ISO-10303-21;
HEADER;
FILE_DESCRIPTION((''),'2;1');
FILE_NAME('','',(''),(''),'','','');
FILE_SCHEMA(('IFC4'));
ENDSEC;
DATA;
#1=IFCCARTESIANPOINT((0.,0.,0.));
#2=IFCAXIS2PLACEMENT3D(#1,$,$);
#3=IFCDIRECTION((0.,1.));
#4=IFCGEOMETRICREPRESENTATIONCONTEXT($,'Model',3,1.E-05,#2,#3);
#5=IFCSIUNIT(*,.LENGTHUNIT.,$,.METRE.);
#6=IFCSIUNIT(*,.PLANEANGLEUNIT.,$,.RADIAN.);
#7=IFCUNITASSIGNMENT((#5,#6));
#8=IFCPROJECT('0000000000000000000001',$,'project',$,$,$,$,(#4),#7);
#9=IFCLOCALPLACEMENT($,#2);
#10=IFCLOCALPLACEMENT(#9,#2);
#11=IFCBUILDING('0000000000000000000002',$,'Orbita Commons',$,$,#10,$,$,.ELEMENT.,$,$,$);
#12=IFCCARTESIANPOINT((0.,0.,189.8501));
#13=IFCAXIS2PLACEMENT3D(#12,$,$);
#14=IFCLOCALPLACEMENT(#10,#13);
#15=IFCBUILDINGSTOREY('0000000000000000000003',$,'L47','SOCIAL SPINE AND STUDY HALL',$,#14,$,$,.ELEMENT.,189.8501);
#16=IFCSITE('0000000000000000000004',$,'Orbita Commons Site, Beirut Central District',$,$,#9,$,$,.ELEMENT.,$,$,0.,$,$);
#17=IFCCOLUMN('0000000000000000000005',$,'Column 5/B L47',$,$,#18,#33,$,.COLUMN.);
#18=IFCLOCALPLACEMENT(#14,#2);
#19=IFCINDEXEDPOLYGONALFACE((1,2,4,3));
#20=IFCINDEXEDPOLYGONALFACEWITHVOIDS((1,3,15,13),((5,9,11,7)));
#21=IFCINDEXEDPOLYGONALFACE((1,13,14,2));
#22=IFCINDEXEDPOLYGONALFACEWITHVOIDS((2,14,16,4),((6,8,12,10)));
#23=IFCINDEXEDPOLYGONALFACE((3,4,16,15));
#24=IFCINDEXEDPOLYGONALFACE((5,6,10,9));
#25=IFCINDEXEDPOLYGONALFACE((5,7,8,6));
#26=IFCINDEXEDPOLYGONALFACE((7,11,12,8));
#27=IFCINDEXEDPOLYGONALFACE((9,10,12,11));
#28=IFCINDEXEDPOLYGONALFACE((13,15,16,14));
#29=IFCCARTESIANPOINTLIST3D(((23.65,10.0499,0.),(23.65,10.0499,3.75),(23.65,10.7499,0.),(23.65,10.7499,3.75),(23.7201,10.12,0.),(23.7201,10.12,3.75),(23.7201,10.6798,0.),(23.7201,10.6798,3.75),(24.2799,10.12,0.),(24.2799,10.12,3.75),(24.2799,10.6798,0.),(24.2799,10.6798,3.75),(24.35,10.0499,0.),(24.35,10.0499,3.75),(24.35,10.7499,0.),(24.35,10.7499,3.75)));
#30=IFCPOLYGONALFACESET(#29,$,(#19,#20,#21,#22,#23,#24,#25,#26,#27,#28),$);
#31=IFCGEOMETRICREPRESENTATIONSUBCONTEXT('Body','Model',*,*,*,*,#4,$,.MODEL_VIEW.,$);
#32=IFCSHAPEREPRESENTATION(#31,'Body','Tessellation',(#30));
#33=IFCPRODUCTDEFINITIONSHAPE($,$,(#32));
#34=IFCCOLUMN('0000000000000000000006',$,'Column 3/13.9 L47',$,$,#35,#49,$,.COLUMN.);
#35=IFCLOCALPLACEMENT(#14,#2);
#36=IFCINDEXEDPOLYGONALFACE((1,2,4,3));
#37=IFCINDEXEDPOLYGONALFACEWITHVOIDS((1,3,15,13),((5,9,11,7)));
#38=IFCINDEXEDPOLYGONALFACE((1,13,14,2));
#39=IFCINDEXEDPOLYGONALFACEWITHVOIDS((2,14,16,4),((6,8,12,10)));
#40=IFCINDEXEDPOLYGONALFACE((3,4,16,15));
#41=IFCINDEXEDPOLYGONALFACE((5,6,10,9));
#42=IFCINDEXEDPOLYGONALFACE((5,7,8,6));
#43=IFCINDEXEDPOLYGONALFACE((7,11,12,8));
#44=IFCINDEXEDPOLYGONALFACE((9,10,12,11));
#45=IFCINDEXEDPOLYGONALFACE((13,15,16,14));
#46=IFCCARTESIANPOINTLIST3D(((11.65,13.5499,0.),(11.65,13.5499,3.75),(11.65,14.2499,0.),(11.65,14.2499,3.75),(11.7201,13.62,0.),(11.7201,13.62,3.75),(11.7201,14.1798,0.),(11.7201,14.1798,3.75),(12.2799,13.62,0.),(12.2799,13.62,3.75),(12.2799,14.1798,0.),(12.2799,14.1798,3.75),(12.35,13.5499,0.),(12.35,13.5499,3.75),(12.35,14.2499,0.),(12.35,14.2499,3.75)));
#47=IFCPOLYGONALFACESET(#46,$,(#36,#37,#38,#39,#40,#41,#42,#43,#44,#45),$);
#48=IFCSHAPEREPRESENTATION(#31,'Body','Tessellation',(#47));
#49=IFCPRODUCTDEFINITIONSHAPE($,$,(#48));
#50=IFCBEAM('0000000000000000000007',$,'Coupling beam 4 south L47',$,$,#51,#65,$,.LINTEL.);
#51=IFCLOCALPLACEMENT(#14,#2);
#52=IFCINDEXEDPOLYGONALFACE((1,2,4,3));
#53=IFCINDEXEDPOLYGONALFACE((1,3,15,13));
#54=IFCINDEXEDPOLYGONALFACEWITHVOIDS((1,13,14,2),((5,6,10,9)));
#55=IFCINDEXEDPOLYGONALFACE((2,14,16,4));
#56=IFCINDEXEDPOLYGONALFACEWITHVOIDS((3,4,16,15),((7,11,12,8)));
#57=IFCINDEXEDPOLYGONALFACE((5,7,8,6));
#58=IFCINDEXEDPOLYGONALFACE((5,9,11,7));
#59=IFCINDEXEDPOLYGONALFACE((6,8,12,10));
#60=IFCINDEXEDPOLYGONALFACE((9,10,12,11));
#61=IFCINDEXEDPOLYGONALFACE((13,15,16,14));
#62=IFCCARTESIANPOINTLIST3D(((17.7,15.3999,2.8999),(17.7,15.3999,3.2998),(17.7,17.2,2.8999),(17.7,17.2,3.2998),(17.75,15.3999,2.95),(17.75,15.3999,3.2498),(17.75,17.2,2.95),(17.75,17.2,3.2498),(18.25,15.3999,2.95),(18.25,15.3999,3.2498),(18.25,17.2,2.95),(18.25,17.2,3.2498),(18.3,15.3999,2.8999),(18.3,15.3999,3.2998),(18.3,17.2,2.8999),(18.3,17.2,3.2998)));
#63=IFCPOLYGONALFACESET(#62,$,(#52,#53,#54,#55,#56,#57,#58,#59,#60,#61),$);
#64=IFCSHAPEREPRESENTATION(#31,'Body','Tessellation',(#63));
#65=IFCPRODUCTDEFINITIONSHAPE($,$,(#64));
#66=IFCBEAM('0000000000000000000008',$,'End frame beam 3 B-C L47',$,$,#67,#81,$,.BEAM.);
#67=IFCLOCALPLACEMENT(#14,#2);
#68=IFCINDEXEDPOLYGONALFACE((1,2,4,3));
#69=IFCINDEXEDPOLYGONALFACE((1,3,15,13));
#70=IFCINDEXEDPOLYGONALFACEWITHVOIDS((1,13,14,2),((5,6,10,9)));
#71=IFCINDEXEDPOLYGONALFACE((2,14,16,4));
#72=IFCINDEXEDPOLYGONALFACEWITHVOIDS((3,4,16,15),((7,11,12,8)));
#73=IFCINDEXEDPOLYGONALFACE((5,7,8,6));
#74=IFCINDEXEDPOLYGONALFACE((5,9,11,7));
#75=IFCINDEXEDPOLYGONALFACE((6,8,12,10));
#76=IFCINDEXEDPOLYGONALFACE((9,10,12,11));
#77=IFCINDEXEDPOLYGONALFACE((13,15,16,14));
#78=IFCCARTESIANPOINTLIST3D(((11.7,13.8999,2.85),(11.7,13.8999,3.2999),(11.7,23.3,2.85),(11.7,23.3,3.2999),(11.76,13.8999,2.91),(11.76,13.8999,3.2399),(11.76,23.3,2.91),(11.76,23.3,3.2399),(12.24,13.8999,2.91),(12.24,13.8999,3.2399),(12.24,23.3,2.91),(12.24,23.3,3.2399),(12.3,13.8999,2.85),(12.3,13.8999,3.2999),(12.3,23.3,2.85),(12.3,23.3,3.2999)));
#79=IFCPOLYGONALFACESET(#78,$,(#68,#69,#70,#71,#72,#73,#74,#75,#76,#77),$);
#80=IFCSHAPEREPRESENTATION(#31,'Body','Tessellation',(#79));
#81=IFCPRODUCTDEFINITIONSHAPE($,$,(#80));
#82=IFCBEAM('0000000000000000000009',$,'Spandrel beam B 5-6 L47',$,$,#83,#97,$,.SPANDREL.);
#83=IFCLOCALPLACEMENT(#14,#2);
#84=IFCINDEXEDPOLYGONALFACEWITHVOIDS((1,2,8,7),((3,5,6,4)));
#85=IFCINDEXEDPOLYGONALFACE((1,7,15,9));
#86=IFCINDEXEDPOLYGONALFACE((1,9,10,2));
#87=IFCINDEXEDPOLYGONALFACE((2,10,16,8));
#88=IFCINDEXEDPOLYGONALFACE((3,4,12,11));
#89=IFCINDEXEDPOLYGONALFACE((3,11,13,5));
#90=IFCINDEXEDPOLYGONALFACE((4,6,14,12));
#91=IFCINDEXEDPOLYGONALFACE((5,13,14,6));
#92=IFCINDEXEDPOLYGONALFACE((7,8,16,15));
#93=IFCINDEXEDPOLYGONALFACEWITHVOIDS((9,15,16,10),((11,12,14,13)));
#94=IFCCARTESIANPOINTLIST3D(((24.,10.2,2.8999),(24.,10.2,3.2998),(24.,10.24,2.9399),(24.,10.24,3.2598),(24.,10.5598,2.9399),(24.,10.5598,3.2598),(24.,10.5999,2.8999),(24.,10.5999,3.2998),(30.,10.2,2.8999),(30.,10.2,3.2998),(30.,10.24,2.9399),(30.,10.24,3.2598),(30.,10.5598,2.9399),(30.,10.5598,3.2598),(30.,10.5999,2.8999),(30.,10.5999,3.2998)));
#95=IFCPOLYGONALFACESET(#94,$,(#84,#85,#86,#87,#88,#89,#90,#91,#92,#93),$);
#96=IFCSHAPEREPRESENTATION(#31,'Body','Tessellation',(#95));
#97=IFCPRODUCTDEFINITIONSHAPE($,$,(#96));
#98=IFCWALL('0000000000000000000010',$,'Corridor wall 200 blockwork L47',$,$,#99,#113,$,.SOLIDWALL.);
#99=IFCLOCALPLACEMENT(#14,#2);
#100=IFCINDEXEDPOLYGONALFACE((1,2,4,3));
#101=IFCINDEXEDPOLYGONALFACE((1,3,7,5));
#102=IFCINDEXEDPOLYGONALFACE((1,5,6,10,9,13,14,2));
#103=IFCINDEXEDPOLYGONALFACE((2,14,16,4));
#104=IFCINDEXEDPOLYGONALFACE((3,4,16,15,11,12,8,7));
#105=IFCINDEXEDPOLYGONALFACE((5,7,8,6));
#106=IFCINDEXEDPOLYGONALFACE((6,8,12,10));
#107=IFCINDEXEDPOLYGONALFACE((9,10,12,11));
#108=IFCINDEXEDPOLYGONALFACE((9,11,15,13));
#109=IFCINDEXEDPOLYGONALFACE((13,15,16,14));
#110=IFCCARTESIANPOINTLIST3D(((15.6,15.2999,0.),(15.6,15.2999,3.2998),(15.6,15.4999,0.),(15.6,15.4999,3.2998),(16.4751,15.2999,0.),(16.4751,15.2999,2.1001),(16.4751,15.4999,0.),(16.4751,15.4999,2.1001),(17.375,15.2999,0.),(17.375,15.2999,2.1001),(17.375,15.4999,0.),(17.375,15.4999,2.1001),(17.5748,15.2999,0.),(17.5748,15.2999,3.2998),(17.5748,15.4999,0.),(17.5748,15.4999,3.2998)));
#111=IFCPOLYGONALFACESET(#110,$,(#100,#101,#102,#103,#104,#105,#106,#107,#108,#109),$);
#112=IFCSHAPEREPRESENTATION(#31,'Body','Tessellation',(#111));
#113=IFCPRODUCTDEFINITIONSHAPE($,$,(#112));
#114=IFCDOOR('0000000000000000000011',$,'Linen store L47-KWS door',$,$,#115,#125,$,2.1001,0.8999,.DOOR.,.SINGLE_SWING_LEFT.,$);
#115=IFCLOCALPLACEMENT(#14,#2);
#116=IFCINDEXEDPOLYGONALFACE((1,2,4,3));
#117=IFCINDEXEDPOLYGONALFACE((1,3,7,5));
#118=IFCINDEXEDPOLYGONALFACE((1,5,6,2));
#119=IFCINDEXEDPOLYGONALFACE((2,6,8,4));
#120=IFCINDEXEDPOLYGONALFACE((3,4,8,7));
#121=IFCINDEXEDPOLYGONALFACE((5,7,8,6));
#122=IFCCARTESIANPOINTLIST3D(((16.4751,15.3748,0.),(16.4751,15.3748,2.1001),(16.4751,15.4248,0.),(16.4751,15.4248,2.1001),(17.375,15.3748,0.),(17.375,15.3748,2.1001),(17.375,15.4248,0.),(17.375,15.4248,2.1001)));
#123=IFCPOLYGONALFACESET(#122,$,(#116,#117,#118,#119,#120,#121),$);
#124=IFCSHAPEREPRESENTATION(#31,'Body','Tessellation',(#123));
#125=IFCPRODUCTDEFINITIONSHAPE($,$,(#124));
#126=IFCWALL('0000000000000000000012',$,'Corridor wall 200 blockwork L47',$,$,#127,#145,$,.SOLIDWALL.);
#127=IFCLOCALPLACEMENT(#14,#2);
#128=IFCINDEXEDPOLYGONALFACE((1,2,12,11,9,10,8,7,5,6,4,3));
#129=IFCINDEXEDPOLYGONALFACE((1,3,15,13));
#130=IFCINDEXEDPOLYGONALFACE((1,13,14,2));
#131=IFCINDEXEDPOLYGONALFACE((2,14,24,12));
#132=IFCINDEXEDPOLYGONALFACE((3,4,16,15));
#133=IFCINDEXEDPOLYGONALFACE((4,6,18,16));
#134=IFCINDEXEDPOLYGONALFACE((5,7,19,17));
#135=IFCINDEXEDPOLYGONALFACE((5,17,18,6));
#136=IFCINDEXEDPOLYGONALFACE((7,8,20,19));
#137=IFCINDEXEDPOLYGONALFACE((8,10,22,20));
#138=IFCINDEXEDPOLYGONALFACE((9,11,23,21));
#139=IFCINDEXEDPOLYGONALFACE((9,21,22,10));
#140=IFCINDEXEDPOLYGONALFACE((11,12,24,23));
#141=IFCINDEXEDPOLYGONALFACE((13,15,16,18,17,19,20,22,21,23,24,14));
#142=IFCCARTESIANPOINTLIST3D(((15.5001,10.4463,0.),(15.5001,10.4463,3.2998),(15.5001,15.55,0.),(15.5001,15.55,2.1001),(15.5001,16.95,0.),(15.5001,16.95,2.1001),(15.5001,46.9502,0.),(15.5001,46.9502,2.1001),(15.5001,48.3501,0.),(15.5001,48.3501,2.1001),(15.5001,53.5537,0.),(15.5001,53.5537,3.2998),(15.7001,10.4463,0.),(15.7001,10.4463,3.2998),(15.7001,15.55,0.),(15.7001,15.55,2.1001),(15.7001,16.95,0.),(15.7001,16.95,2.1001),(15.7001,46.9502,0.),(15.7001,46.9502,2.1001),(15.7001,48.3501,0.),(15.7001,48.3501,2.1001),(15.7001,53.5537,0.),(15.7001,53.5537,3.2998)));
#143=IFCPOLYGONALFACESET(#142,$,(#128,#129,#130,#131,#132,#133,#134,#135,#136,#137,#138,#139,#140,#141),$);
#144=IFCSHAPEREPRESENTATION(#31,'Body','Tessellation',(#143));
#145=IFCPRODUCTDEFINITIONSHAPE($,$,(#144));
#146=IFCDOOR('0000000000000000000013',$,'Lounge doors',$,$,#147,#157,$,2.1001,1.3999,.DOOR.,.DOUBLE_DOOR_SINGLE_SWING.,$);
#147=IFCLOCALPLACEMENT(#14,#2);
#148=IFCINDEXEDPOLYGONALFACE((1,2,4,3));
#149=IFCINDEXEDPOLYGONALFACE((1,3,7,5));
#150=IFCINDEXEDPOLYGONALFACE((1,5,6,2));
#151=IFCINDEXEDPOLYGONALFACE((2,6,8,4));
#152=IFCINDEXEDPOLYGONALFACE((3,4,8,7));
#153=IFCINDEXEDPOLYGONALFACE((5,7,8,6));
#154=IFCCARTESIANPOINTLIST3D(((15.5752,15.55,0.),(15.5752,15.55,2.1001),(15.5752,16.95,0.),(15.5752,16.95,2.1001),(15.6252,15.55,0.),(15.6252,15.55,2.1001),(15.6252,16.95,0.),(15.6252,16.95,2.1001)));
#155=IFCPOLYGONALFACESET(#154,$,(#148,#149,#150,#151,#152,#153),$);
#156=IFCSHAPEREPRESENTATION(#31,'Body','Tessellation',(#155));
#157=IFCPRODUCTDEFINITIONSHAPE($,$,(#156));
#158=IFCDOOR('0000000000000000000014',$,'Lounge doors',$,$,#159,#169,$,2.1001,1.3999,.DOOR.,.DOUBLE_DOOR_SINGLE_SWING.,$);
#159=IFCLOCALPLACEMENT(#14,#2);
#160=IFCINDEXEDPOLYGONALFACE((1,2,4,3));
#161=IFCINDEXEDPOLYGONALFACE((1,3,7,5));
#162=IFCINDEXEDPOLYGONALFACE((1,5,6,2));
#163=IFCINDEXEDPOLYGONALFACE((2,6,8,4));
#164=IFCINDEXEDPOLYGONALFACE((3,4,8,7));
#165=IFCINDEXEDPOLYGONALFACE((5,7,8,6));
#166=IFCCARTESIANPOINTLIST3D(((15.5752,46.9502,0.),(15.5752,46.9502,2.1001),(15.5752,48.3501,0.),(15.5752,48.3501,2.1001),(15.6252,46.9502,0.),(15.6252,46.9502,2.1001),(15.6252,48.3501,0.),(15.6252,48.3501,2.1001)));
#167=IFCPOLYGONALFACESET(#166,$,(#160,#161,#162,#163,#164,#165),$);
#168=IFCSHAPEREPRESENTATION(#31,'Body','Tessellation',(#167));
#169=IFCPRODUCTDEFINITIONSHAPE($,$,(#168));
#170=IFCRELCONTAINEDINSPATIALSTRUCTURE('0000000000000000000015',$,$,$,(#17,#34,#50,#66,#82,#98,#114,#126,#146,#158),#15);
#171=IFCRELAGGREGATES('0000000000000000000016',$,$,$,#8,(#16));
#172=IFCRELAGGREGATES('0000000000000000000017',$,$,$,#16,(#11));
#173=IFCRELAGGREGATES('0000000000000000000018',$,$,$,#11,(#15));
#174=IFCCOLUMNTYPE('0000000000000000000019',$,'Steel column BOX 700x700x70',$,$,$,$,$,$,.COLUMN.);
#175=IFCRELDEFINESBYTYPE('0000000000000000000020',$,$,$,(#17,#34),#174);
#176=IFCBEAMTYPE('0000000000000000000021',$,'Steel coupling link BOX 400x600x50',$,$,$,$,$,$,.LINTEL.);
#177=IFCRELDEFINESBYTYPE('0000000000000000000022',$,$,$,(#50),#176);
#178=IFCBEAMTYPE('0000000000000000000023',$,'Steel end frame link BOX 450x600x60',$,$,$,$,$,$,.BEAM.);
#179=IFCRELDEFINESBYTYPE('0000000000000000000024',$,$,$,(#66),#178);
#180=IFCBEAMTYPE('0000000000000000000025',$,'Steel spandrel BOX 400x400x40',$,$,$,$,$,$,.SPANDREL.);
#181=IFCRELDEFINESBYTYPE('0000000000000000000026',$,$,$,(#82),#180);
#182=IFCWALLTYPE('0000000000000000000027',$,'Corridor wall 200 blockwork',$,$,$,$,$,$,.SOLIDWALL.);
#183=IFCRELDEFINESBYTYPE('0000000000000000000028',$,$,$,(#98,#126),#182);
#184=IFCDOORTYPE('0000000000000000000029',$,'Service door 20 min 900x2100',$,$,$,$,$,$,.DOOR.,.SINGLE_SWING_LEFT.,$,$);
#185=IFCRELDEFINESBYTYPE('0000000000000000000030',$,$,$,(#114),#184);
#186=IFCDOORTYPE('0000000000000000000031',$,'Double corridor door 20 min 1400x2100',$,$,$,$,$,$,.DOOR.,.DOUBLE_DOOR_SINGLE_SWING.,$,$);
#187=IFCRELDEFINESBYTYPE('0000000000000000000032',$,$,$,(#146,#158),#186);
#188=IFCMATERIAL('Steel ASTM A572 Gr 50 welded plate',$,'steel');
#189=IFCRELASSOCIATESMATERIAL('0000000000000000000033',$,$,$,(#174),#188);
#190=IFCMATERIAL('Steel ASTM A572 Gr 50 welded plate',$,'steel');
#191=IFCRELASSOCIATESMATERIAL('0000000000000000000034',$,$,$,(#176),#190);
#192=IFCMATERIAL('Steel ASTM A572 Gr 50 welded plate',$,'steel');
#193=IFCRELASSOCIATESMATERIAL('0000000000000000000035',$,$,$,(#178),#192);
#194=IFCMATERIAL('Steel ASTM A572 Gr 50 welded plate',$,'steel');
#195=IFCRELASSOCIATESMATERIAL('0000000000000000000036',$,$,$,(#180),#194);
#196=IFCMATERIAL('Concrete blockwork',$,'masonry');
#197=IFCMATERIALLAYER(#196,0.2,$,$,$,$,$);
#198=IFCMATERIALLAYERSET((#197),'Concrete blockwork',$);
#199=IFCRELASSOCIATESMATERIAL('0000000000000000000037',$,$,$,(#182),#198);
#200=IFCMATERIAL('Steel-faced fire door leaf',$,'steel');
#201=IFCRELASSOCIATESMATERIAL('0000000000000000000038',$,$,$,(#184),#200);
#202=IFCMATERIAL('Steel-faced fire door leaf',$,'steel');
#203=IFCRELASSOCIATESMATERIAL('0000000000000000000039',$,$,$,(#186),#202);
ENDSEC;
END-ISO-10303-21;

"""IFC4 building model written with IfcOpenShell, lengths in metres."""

from ifc_helpers import new_model, si_unit, direction, frame, frame_2d, origin, origin_2d, place, context, subcontext, project, spatial, rectangle, hollow_rectangle, extrude, material, layer, layer_set, material_profile, profile_set, type_object, element, fill, save


model = new_model("IFC4")

# Units and contexts
model_context = context("Model", 3, precision=1e-05, world=origin(), true_north=direction((0.0, 1.0)))
body_context = subcontext(model_context, "Body", "Model", "MODEL_VIEW")
ifc_project = project(units=[si_unit("LENGTHUNIT", "METRE"), si_unit("PLANEANGLEUNIT", "RADIAN")], contexts=[model_context])

# Site, building, storey
site_placement = place(None, origin())
site = spatial("IfcSite", under=ifc_project, at=site_placement, Name="Orbita Commons Site, Beirut Central District", CompositionType="ELEMENT", RefElevation=0.0)
building_placement = place(site_placement, origin())
building = spatial("IfcBuilding", under=site, at=building_placement, Name="Orbita Commons", CompositionType="ELEMENT")
storey_placement = place(building_placement, frame((0.0, 0.0, 189.8501)))
storey = spatial("IfcBuildingStorey", under=building, at=storey_placement, Name="L47", Description="SOCIAL SPINE AND STUDY HALL", CompositionType="ELEMENT", Elevation=189.8501)

# Columns
ifc_material_1 = material(Name="Steel ASTM A572 Gr 50 welded plate", Category="steel")
ifc_material_profile_1 = material_profile(ifc_material_1, hollow_rectangle(XDim=0.7, YDim=0.7, WallThickness=0.0701, at=origin_2d()), Name="BOX 700x700x70")
ifc_profile_set_1 = profile_set([ifc_material_profile_1], Name="Steel ASTM A572 Gr 50 welded plate")
column_type = type_object("IfcColumnType", Name="Steel column BOX 700x700x70", PredefinedType="COLUMN", material=ifc_profile_set_1)
for number, where, z_axis, x_axis, name in (
    (1, (24.0, 10.3999, 0.0), (0.0, 0.0, 1.0), (1.0, 0.0, 0.0), "Column 5/B L47"),
    (2, (12.0, 13.8999, 0.0), (0.0, 0.0, 1.0), (1.0, 0.0, 0.0), "Column 3/13.9 L47"),
):
    element("IfcColumn", number, at=place(storey_placement, frame(where, z_axis=z_axis, x_axis=x_axis)), inside=storey, type_object=column_type, Name=name, PredefinedType="COLUMN", context=body_context, shape_type="SweptSolid", body=[
        extrude(hollow_rectangle(XDim=0.7, YDim=0.7, WallThickness=0.0701, at=origin_2d()), origin(), (0.0, 0.0, 1.0), 3.75),
    ])

# Beams
ifc_material_2 = material(Name="Steel ASTM A572 Gr 50 welded plate", Category="steel")
ifc_material_profile_2 = material_profile(ifc_material_2, hollow_rectangle(XDim=0.6001, YDim=0.3999, WallThickness=0.05, at=origin_2d()), Name="BOX 400x600x50")
ifc_profile_set_2 = profile_set([ifc_material_profile_2], Name="Steel ASTM A572 Gr 50 welded plate")
beam_type_1 = type_object("IfcBeamType", Name="Steel coupling link BOX 400x600x50", PredefinedType="LINTEL", material=ifc_profile_set_2)
beam_1_placement = place(storey_placement, frame((18.0, 15.3999, 3.0999), z_axis=(0.0, 1.0, 0.0), x_axis=(-1.0, 0.0, 0.0)))
element("IfcBeam", 3, at=beam_1_placement, inside=storey, type_object=beam_type_1, Name="Coupling beam 4 south L47", PredefinedType="LINTEL", context=body_context, shape_type="SweptSolid", body=[
    extrude(hollow_rectangle(XDim=0.6001, YDim=0.3999, WallThickness=0.05, at=origin_2d()), origin(), (0.0, 0.0, 1.0), 1.8),
])
ifc_material_3 = material(Name="Steel ASTM A572 Gr 50 welded plate", Category="steel")
ifc_material_profile_3 = material_profile(ifc_material_3, hollow_rectangle(XDim=0.6001, YDim=0.45, WallThickness=0.0601, at=origin_2d()), Name="BOX 450x600x60")
ifc_profile_set_3 = profile_set([ifc_material_profile_3], Name="Steel ASTM A572 Gr 50 welded plate")
beam_type_2 = type_object("IfcBeamType", Name="Steel end frame link BOX 450x600x60", PredefinedType="BEAM", material=ifc_profile_set_3)
beam_2_placement = place(storey_placement, frame((12.0, 13.8999, 3.075), z_axis=(0.0, 1.0, 0.0), x_axis=(-1.0, 0.0, 0.0)))
element("IfcBeam", 4, at=beam_2_placement, inside=storey, type_object=beam_type_2, Name="End frame beam 3 B-C L47", PredefinedType="BEAM", context=body_context, shape_type="SweptSolid", body=[
    extrude(hollow_rectangle(XDim=0.6001, YDim=0.45, WallThickness=0.0601, at=origin_2d()), origin(), (0.0, 0.0, 1.0), 9.4001),
])
ifc_material_4 = material(Name="Steel ASTM A572 Gr 50 welded plate", Category="steel")
ifc_material_profile_4 = material_profile(ifc_material_4, hollow_rectangle(XDim=0.3999, YDim=0.3999, WallThickness=0.04, at=origin_2d()), Name="BOX 400x400x40")
ifc_profile_set_4 = profile_set([ifc_material_profile_4], Name="Steel ASTM A572 Gr 50 welded plate")
beam_type_3 = type_object("IfcBeamType", Name="Steel spandrel BOX 400x400x40", PredefinedType="SPANDREL", material=ifc_profile_set_4)
beam_3_placement = place(storey_placement, frame((24.0, 10.3999, 3.0999), z_axis=(1.0, 0.0, 0.0), x_axis=(0.0, 1.0, 0.0)))
element("IfcBeam", 5, at=beam_3_placement, inside=storey, type_object=beam_type_3, Name="Spandrel beam B 5-6 L47", PredefinedType="SPANDREL", context=body_context, shape_type="SweptSolid", body=[
    extrude(hollow_rectangle(XDim=0.3999, YDim=0.3999, WallThickness=0.04, at=origin_2d()), origin(), (0.0, 0.0, 1.0), 6.0),
])

# Wall, opening, door
ifc_material_5 = material(Name="Concrete blockwork", Category="masonry")
ifc_layer_1 = layer(ifc_material_5, 0.2)
ifc_layer_set_1 = layer_set([ifc_layer_1], Name="Concrete blockwork")
wall_type_1 = type_object("IfcWallType", Name="Corridor wall 200 blockwork", PredefinedType="SOLIDWALL", material=ifc_layer_set_1)
wall_1_placement = place(storey_placement, frame((15.6001, 15.3999, 0.0), z_axis=(0.0, 0.0, 1.0), x_axis=(1.0, 0.0, 0.0)))
wall_1 = element("IfcWall", 6, at=wall_1_placement, inside=storey, type_object=wall_type_1, Name="Corridor wall 200 blockwork L47", PredefinedType="SOLIDWALL", context=body_context, shape_type="SweptSolid", body=[
    extrude(rectangle(XDim=1.9749, YDim=0.2, at=frame_2d((0.9873, 0.0))), origin(), (0.0, 0.0, 1.0), 3.2998),
])
opening_1_placement = place(wall_1_placement, frame((0.875, 0.0, 0.0)))
opening_1 = element("IfcOpeningElement", 7, at=opening_1_placement, cuts=wall_1, PredefinedType="OPENING", context=body_context, shape_type="SweptSolid", body=[
    extrude(rectangle(XDim=0.8999, YDim=2.1001, at=frame_2d((0.45, 1.05))), frame((0.0, 0.1099, 0.0), z_axis=(0.0, -1.0, 0.0), x_axis=(1.0, 0.0, 0.0)), (0.0, 0.0, 1.0), 0.22),
])
ifc_material_6 = material(Name="Steel-faced fire door leaf", Category="steel")
door_type_1 = type_object("IfcDoorType", Name="Service door 20 min 900x2100", OperationType="SINGLE_SWING_LEFT", PredefinedType="DOOR", material=ifc_material_6)
door_1_placement = place(opening_1_placement, origin())
door_1 = element("IfcDoor", 8, at=door_1_placement, inside=storey, type_object=door_type_1, Name="Linen store L47-KWS door", OperationType="SINGLE_SWING_LEFT", OverallHeight=2.1001, OverallWidth=0.8999, PredefinedType="DOOR", context=body_context, shape_type="SweptSolid", body=[
    extrude(rectangle(XDim=0.8999, YDim=2.1001, at=frame_2d((0.45, 1.05))), frame((0.0, 0.0249, 0.0), z_axis=(0.0, -1.0, 0.0), x_axis=(1.0, 0.0, 0.0)), (0.0, 0.0, 1.0), 0.05),
])
fill(opening_1, door_1)

# Wall, openings, doors
wall_2_placement = place(storey_placement, frame((15.6001, 10.4463, 0.0), z_axis=(0.0, 0.0, 1.0), x_axis=(0.0, 1.0, 0.0)))
wall_2 = element("IfcWall", 9, at=wall_2_placement, inside=storey, type_object=wall_type_1, Name="Corridor wall 200 blockwork L47", PredefinedType="SOLIDWALL", context=body_context, shape_type="SweptSolid", body=[
    extrude(rectangle(XDim=43.1074, YDim=0.2, at=frame_2d((21.5537, 0.0))), origin(), (0.0, 0.0, 1.0), 3.2998),
])
opening_2_placement = place(wall_2_placement, frame((5.1038, 0.0, 0.0)))
opening_2 = element("IfcOpeningElement", 10, at=opening_2_placement, cuts=wall_2, PredefinedType="OPENING", context=body_context, shape_type="SweptSolid", body=[
    extrude(rectangle(XDim=1.3999, YDim=2.1001, at=frame_2d((0.7, 1.05))), frame((0.0, 0.1099, 0.0), z_axis=(0.0, -1.0, 0.0), x_axis=(1.0, 0.0, 0.0)), (0.0, 0.0, 1.0), 0.22),
])
opening_3_placement = place(wall_2_placement, frame((36.5039, 0.0, 0.0)))
opening_3 = element("IfcOpeningElement", 11, at=opening_3_placement, cuts=wall_2, PredefinedType="OPENING", context=body_context, shape_type="SweptSolid", body=[
    extrude(rectangle(XDim=1.3999, YDim=2.1001, at=frame_2d((0.7, 1.05))), frame((0.0, 0.1099, 0.0), z_axis=(0.0, -1.0, 0.0), x_axis=(1.0, 0.0, 0.0)), (0.0, 0.0, 1.0), 0.22),
])
ifc_material_7 = material(Name="Steel-faced fire door leaf", Category="steel")
door_type_2 = type_object("IfcDoorType", Name="Double corridor door 20 min 1400x2100", OperationType="DOUBLE_DOOR_SINGLE_SWING", PredefinedType="DOOR", material=ifc_material_7)
door_2_placement = place(opening_2_placement, origin())
door_2 = element("IfcDoor", 12, at=door_2_placement, inside=storey, type_object=door_type_2, Name="Lounge doors", OperationType="DOUBLE_DOOR_SINGLE_SWING", OverallHeight=2.1001, OverallWidth=1.3999, PredefinedType="DOOR", context=body_context, shape_type="SweptSolid", body=[
    extrude(rectangle(XDim=1.3999, YDim=2.1001, at=frame_2d((0.7, 1.05))), frame((0.0, 0.0249, 0.0), z_axis=(0.0, -1.0, 0.0), x_axis=(1.0, 0.0, 0.0)), (0.0, 0.0, 1.0), 0.05),
])
fill(opening_2, door_2)
door_3_placement = place(opening_3_placement, origin())
door_3 = element("IfcDoor", 13, at=door_3_placement, inside=storey, type_object=door_type_2, Name="Lounge doors", OperationType="DOUBLE_DOOR_SINGLE_SWING", OverallHeight=2.1001, OverallWidth=1.3999, PredefinedType="DOOR", context=body_context, shape_type="SweptSolid", body=[
    extrude(rectangle(XDim=1.3999, YDim=2.1001, at=frame_2d((0.7, 1.05))), frame((0.0, 0.0249, 0.0), z_axis=(0.0, -1.0, 0.0), x_axis=(1.0, 0.0, 0.0)), (0.0, 0.0, 1.0), 0.05),
])
fill(opening_3, door_3)

save(model, "model.ifc")
